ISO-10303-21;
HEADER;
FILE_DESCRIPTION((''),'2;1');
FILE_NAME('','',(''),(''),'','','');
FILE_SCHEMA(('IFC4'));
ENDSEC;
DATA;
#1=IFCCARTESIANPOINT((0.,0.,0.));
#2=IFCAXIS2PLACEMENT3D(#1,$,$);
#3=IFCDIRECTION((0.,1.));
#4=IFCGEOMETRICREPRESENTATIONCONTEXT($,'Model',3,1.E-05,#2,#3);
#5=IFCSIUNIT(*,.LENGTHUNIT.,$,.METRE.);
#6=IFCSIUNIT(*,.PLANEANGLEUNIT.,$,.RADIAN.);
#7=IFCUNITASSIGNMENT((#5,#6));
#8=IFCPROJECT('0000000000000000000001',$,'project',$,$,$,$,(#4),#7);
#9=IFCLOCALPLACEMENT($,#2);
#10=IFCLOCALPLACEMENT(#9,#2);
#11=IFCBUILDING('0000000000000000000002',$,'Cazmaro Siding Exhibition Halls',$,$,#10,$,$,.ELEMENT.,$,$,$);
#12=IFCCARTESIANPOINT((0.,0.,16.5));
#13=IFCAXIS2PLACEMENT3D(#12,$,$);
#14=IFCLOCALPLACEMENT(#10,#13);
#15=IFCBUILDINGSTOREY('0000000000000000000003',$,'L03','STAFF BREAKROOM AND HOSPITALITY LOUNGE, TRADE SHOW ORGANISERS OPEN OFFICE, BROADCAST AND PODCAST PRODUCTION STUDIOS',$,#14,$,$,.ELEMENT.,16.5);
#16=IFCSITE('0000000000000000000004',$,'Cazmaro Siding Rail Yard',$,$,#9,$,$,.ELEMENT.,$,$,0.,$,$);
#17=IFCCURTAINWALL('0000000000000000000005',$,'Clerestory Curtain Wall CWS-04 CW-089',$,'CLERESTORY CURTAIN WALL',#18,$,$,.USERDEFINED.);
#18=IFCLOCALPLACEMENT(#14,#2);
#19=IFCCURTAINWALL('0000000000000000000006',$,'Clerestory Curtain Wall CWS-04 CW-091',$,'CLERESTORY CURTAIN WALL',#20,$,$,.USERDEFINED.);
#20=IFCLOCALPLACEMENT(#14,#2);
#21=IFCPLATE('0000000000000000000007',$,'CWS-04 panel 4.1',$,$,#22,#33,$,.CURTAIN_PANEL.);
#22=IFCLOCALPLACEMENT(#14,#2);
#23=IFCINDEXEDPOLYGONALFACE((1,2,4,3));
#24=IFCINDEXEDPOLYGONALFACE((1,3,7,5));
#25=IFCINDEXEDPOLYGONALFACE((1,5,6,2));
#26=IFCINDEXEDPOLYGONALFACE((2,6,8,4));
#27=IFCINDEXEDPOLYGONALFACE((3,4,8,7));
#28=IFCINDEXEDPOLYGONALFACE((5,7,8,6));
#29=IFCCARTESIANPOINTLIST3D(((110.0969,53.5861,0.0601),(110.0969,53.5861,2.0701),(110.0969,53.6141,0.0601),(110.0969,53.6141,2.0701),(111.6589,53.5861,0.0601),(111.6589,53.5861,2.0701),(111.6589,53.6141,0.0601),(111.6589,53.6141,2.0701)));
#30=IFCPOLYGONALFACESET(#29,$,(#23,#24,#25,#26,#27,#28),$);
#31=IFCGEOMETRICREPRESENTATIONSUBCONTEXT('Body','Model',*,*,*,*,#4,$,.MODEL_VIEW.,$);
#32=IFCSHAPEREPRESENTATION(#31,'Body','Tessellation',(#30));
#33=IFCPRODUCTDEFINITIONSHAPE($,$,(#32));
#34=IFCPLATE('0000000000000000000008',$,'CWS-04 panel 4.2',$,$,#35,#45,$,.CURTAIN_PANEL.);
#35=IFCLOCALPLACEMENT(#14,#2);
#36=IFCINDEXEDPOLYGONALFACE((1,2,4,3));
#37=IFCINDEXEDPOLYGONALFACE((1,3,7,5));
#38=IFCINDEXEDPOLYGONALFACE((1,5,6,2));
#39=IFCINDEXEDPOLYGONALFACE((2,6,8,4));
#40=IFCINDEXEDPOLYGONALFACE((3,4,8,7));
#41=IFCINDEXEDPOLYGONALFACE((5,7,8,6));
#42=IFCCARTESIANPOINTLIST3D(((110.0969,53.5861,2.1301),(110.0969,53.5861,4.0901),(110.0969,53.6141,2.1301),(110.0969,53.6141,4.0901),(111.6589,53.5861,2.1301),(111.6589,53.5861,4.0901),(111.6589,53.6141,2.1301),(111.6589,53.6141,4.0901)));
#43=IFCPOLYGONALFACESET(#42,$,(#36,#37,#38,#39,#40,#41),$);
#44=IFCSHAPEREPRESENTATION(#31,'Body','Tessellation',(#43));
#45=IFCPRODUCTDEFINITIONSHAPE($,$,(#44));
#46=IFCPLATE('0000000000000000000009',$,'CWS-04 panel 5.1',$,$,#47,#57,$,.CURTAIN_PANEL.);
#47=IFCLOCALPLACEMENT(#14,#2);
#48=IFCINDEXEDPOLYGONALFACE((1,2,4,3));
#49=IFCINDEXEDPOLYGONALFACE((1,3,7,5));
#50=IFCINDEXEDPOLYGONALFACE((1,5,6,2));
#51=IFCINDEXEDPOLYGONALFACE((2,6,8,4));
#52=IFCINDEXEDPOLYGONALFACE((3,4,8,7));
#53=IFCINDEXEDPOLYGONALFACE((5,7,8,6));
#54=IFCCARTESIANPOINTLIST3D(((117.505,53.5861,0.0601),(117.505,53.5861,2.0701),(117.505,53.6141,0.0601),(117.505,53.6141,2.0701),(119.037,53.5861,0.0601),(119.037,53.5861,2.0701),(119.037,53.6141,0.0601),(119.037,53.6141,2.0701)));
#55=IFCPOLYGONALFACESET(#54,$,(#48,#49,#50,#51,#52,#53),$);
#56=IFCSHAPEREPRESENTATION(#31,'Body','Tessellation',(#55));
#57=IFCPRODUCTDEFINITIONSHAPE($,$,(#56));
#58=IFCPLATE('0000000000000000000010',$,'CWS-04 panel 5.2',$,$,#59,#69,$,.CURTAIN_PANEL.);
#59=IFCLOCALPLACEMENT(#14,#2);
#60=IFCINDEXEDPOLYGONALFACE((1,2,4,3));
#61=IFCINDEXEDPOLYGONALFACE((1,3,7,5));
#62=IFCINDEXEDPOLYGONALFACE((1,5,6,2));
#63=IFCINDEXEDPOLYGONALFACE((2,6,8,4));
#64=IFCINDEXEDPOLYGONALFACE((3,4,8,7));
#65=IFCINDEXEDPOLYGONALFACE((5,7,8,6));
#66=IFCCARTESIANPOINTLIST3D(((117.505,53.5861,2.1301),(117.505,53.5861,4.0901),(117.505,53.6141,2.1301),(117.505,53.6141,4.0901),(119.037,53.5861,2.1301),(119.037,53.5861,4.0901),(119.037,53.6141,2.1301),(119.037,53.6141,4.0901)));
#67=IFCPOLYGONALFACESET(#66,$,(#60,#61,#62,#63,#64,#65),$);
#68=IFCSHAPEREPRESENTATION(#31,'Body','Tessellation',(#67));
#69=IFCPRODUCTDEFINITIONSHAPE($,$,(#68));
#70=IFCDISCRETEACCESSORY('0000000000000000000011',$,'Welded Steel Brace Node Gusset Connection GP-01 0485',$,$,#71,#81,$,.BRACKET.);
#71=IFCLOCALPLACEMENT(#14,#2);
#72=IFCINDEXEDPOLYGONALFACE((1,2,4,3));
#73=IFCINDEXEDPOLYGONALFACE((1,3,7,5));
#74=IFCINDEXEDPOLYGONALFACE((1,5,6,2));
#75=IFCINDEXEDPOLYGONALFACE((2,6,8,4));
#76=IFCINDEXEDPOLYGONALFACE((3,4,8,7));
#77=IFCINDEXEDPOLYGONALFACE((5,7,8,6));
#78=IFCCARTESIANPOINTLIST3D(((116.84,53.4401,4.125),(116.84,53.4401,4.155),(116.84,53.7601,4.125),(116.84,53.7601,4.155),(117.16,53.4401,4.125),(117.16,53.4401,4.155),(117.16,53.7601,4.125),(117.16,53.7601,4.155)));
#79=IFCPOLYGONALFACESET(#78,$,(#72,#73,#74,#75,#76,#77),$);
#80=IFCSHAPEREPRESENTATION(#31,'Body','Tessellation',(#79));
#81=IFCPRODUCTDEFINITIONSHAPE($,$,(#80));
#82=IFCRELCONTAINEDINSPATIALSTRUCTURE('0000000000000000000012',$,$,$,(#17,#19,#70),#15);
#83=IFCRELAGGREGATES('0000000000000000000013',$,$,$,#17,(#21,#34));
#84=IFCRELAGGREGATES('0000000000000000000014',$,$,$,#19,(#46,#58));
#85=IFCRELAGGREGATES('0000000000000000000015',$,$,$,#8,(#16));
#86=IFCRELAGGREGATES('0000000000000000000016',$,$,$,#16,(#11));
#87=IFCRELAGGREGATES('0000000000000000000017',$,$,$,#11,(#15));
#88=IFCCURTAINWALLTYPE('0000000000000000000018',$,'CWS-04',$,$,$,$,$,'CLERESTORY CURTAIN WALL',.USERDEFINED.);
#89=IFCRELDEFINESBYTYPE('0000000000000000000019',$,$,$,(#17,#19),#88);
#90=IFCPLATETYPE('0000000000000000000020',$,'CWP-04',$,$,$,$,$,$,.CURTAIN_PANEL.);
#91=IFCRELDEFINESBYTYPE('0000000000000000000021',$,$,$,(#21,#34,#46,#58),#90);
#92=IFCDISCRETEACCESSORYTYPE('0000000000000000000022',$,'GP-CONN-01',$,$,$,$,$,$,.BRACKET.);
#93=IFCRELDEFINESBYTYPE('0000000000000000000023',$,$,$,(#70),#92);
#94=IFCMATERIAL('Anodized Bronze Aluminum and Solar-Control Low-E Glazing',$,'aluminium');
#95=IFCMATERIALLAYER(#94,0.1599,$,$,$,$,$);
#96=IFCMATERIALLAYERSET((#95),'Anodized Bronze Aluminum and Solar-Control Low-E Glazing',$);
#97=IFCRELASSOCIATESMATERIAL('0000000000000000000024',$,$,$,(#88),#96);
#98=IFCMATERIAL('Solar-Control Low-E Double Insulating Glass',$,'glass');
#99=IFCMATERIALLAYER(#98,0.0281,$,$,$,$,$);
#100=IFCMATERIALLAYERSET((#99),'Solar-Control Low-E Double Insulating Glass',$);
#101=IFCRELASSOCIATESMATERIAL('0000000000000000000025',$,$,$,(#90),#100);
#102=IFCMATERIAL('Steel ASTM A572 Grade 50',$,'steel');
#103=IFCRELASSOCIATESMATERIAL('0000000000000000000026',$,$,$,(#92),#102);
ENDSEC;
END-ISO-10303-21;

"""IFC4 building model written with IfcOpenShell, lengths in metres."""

from ifc_helpers import new_model, si_unit, direction, frame, origin, origin_2d, place, context, subcontext, project, spatial, rectangle, extrude, material, layer, layer_set, type_object, element, aggregate, save


model = new_model("IFC4")

# Units and contexts
model_context = context("Model", 3, precision=1e-05, world=origin(), true_north=direction((0.0, 1.0)))
body_context = subcontext(model_context, "Body", "Model", "MODEL_VIEW")
ifc_project = project(units=[si_unit("LENGTHUNIT", "METRE"), si_unit("PLANEANGLEUNIT", "RADIAN")], contexts=[model_context])

# Site, building, storey
site_placement = place(None, origin())
site = spatial("IfcSite", under=ifc_project, at=site_placement, Name="Cazmaro Siding Rail Yard", CompositionType="ELEMENT", RefElevation=0.0)
building_placement = place(site_placement, origin())
building = spatial("IfcBuilding", under=site, at=building_placement, Name="Cazmaro Siding Exhibition Halls", CompositionType="ELEMENT")
storey_placement = place(building_placement, frame((0.0, 0.0, 16.5)))
storey = spatial("IfcBuildingStorey", under=building, at=storey_placement, Name="L03", Description="STAFF BREAKROOM AND HOSPITALITY LOUNGE, TRADE SHOW ORGANISERS OPEN OFFICE, BROADCAST AND PODCAST PRODUCTION STUDIOS", CompositionType="ELEMENT", Elevation=16.5)

# Curtain wall
ifc_material_1 = material(Name="Anodized Bronze Aluminum and Solar-Control Low-E Glazing", Category="aluminium")
ifc_layer_1 = layer(ifc_material_1, 0.1599)
ifc_layer_set_1 = layer_set([ifc_layer_1], Name="Anodized Bronze Aluminum and Solar-Control Low-E Glazing")
curtain_wall_type = type_object("IfcCurtainWallType", Name="CWS-04", ElementType="CLERESTORY CURTAIN WALL", PredefinedType="USERDEFINED", material=ifc_layer_set_1)
curtain_wall_1_placement = place(storey_placement, origin())
curtain_wall_1 = element("IfcCurtainWall", 1, at=curtain_wall_1_placement, inside=storey, type_object=curtain_wall_type, Name="Clerestory Curtain Wall CWS-04 CW-089", ObjectType="CLERESTORY CURTAIN WALL", PredefinedType="USERDEFINED")

# Curtain wall
curtain_wall_2_placement = place(storey_placement, origin())
curtain_wall_2 = element("IfcCurtainWall", 2, at=curtain_wall_2_placement, inside=storey, type_object=curtain_wall_type, Name="Clerestory Curtain Wall CWS-04 CW-091", ObjectType="CLERESTORY CURTAIN WALL", PredefinedType="USERDEFINED")

# Plates
ifc_material_2 = material(Name="Solar-Control Low-E Double Insulating Glass", Category="glass")
ifc_layer_2 = layer(ifc_material_2, 0.0281)
ifc_layer_set_2 = layer_set([ifc_layer_2], Name="Solar-Control Low-E Double Insulating Glass")
plate_type = type_object("IfcPlateType", Name="CWP-04", PredefinedType="CURTAIN_PANEL", material=ifc_layer_set_2)
plate_1_placement = place(storey_placement, frame((110.8779, 53.6001, 0.0601), z_axis=(0.0, 0.0, 1.0), x_axis=(-1.0, 0.0, 0.0)))
plate_1 = element("IfcPlate", 3, at=plate_1_placement, type_object=plate_type, Name="CWS-04 panel 4.1", PredefinedType="CURTAIN_PANEL", context=body_context, shape_type="SweptSolid", body=[
    extrude(rectangle(XDim=1.562, YDim=0.0281, at=origin_2d()), origin(), (0.0, 0.0, 1.0), 2.01),
])
plate_2_placement = place(storey_placement, frame((110.8779, 53.6001, 2.1301), z_axis=(0.0, 0.0, 1.0), x_axis=(-1.0, 0.0, 0.0)))
plate_2 = element("IfcPlate", 4, at=plate_2_placement, type_object=plate_type, Name="CWS-04 panel 4.2", PredefinedType="CURTAIN_PANEL", context=body_context, shape_type="SweptSolid", body=[
    extrude(rectangle(XDim=1.562, YDim=0.0281, at=origin_2d()), origin(), (0.0, 0.0, 1.0), 1.96),
])
aggregate(curtain_wall_1, [plate_1, plate_2])
plate_3_placement = place(storey_placement, frame((118.271, 53.6001, 0.0601), z_axis=(0.0, 0.0, 1.0), x_axis=(-1.0, 0.0, 0.0)))
plate_3 = element("IfcPlate", 5, at=plate_3_placement, type_object=plate_type, Name="CWS-04 panel 5.1", PredefinedType="CURTAIN_PANEL", context=body_context, shape_type="SweptSolid", body=[
    extrude(rectangle(XDim=1.532, YDim=0.0281, at=origin_2d()), origin(), (0.0, 0.0, 1.0), 2.01),
])
plate_4_placement = place(storey_placement, frame((118.271, 53.6001, 2.1301), z_axis=(0.0, 0.0, 1.0), x_axis=(-1.0, 0.0, 0.0)))
plate_4 = element("IfcPlate", 6, at=plate_4_placement, type_object=plate_type, Name="CWS-04 panel 5.2", PredefinedType="CURTAIN_PANEL", context=body_context, shape_type="SweptSolid", body=[
    extrude(rectangle(XDim=1.532, YDim=0.0281, at=origin_2d()), origin(), (0.0, 0.0, 1.0), 1.96),
])
aggregate(curtain_wall_2, [plate_3, plate_4])

# Discrete accessory
ifc_material_3 = material(Name="Steel ASTM A572 Grade 50", Category="steel")
discrete_accessory_type = type_object("IfcDiscreteAccessoryType", Name="GP-CONN-01", PredefinedType="BRACKET", material=ifc_material_3)
discrete_accessory_placement = place(storey_placement, frame((117.0, 53.6001, 4.125), z_axis=(0.0, 0.0, 1.0), x_axis=(1.0, 0.0, 0.0)))
element("IfcDiscreteAccessory", 7, at=discrete_accessory_placement, inside=storey, type_object=discrete_accessory_type, Name="Welded Steel Brace Node Gusset Connection GP-01 0485", PredefinedType="BRACKET", context=body_context, shape_type="SweptSolid", body=[
    extrude(rectangle(XDim=0.3201, YDim=0.3201, at=origin_2d()), origin(), (0.0, 0.0, 1.0), 0.03),
])

save(model, "model.ifc")
